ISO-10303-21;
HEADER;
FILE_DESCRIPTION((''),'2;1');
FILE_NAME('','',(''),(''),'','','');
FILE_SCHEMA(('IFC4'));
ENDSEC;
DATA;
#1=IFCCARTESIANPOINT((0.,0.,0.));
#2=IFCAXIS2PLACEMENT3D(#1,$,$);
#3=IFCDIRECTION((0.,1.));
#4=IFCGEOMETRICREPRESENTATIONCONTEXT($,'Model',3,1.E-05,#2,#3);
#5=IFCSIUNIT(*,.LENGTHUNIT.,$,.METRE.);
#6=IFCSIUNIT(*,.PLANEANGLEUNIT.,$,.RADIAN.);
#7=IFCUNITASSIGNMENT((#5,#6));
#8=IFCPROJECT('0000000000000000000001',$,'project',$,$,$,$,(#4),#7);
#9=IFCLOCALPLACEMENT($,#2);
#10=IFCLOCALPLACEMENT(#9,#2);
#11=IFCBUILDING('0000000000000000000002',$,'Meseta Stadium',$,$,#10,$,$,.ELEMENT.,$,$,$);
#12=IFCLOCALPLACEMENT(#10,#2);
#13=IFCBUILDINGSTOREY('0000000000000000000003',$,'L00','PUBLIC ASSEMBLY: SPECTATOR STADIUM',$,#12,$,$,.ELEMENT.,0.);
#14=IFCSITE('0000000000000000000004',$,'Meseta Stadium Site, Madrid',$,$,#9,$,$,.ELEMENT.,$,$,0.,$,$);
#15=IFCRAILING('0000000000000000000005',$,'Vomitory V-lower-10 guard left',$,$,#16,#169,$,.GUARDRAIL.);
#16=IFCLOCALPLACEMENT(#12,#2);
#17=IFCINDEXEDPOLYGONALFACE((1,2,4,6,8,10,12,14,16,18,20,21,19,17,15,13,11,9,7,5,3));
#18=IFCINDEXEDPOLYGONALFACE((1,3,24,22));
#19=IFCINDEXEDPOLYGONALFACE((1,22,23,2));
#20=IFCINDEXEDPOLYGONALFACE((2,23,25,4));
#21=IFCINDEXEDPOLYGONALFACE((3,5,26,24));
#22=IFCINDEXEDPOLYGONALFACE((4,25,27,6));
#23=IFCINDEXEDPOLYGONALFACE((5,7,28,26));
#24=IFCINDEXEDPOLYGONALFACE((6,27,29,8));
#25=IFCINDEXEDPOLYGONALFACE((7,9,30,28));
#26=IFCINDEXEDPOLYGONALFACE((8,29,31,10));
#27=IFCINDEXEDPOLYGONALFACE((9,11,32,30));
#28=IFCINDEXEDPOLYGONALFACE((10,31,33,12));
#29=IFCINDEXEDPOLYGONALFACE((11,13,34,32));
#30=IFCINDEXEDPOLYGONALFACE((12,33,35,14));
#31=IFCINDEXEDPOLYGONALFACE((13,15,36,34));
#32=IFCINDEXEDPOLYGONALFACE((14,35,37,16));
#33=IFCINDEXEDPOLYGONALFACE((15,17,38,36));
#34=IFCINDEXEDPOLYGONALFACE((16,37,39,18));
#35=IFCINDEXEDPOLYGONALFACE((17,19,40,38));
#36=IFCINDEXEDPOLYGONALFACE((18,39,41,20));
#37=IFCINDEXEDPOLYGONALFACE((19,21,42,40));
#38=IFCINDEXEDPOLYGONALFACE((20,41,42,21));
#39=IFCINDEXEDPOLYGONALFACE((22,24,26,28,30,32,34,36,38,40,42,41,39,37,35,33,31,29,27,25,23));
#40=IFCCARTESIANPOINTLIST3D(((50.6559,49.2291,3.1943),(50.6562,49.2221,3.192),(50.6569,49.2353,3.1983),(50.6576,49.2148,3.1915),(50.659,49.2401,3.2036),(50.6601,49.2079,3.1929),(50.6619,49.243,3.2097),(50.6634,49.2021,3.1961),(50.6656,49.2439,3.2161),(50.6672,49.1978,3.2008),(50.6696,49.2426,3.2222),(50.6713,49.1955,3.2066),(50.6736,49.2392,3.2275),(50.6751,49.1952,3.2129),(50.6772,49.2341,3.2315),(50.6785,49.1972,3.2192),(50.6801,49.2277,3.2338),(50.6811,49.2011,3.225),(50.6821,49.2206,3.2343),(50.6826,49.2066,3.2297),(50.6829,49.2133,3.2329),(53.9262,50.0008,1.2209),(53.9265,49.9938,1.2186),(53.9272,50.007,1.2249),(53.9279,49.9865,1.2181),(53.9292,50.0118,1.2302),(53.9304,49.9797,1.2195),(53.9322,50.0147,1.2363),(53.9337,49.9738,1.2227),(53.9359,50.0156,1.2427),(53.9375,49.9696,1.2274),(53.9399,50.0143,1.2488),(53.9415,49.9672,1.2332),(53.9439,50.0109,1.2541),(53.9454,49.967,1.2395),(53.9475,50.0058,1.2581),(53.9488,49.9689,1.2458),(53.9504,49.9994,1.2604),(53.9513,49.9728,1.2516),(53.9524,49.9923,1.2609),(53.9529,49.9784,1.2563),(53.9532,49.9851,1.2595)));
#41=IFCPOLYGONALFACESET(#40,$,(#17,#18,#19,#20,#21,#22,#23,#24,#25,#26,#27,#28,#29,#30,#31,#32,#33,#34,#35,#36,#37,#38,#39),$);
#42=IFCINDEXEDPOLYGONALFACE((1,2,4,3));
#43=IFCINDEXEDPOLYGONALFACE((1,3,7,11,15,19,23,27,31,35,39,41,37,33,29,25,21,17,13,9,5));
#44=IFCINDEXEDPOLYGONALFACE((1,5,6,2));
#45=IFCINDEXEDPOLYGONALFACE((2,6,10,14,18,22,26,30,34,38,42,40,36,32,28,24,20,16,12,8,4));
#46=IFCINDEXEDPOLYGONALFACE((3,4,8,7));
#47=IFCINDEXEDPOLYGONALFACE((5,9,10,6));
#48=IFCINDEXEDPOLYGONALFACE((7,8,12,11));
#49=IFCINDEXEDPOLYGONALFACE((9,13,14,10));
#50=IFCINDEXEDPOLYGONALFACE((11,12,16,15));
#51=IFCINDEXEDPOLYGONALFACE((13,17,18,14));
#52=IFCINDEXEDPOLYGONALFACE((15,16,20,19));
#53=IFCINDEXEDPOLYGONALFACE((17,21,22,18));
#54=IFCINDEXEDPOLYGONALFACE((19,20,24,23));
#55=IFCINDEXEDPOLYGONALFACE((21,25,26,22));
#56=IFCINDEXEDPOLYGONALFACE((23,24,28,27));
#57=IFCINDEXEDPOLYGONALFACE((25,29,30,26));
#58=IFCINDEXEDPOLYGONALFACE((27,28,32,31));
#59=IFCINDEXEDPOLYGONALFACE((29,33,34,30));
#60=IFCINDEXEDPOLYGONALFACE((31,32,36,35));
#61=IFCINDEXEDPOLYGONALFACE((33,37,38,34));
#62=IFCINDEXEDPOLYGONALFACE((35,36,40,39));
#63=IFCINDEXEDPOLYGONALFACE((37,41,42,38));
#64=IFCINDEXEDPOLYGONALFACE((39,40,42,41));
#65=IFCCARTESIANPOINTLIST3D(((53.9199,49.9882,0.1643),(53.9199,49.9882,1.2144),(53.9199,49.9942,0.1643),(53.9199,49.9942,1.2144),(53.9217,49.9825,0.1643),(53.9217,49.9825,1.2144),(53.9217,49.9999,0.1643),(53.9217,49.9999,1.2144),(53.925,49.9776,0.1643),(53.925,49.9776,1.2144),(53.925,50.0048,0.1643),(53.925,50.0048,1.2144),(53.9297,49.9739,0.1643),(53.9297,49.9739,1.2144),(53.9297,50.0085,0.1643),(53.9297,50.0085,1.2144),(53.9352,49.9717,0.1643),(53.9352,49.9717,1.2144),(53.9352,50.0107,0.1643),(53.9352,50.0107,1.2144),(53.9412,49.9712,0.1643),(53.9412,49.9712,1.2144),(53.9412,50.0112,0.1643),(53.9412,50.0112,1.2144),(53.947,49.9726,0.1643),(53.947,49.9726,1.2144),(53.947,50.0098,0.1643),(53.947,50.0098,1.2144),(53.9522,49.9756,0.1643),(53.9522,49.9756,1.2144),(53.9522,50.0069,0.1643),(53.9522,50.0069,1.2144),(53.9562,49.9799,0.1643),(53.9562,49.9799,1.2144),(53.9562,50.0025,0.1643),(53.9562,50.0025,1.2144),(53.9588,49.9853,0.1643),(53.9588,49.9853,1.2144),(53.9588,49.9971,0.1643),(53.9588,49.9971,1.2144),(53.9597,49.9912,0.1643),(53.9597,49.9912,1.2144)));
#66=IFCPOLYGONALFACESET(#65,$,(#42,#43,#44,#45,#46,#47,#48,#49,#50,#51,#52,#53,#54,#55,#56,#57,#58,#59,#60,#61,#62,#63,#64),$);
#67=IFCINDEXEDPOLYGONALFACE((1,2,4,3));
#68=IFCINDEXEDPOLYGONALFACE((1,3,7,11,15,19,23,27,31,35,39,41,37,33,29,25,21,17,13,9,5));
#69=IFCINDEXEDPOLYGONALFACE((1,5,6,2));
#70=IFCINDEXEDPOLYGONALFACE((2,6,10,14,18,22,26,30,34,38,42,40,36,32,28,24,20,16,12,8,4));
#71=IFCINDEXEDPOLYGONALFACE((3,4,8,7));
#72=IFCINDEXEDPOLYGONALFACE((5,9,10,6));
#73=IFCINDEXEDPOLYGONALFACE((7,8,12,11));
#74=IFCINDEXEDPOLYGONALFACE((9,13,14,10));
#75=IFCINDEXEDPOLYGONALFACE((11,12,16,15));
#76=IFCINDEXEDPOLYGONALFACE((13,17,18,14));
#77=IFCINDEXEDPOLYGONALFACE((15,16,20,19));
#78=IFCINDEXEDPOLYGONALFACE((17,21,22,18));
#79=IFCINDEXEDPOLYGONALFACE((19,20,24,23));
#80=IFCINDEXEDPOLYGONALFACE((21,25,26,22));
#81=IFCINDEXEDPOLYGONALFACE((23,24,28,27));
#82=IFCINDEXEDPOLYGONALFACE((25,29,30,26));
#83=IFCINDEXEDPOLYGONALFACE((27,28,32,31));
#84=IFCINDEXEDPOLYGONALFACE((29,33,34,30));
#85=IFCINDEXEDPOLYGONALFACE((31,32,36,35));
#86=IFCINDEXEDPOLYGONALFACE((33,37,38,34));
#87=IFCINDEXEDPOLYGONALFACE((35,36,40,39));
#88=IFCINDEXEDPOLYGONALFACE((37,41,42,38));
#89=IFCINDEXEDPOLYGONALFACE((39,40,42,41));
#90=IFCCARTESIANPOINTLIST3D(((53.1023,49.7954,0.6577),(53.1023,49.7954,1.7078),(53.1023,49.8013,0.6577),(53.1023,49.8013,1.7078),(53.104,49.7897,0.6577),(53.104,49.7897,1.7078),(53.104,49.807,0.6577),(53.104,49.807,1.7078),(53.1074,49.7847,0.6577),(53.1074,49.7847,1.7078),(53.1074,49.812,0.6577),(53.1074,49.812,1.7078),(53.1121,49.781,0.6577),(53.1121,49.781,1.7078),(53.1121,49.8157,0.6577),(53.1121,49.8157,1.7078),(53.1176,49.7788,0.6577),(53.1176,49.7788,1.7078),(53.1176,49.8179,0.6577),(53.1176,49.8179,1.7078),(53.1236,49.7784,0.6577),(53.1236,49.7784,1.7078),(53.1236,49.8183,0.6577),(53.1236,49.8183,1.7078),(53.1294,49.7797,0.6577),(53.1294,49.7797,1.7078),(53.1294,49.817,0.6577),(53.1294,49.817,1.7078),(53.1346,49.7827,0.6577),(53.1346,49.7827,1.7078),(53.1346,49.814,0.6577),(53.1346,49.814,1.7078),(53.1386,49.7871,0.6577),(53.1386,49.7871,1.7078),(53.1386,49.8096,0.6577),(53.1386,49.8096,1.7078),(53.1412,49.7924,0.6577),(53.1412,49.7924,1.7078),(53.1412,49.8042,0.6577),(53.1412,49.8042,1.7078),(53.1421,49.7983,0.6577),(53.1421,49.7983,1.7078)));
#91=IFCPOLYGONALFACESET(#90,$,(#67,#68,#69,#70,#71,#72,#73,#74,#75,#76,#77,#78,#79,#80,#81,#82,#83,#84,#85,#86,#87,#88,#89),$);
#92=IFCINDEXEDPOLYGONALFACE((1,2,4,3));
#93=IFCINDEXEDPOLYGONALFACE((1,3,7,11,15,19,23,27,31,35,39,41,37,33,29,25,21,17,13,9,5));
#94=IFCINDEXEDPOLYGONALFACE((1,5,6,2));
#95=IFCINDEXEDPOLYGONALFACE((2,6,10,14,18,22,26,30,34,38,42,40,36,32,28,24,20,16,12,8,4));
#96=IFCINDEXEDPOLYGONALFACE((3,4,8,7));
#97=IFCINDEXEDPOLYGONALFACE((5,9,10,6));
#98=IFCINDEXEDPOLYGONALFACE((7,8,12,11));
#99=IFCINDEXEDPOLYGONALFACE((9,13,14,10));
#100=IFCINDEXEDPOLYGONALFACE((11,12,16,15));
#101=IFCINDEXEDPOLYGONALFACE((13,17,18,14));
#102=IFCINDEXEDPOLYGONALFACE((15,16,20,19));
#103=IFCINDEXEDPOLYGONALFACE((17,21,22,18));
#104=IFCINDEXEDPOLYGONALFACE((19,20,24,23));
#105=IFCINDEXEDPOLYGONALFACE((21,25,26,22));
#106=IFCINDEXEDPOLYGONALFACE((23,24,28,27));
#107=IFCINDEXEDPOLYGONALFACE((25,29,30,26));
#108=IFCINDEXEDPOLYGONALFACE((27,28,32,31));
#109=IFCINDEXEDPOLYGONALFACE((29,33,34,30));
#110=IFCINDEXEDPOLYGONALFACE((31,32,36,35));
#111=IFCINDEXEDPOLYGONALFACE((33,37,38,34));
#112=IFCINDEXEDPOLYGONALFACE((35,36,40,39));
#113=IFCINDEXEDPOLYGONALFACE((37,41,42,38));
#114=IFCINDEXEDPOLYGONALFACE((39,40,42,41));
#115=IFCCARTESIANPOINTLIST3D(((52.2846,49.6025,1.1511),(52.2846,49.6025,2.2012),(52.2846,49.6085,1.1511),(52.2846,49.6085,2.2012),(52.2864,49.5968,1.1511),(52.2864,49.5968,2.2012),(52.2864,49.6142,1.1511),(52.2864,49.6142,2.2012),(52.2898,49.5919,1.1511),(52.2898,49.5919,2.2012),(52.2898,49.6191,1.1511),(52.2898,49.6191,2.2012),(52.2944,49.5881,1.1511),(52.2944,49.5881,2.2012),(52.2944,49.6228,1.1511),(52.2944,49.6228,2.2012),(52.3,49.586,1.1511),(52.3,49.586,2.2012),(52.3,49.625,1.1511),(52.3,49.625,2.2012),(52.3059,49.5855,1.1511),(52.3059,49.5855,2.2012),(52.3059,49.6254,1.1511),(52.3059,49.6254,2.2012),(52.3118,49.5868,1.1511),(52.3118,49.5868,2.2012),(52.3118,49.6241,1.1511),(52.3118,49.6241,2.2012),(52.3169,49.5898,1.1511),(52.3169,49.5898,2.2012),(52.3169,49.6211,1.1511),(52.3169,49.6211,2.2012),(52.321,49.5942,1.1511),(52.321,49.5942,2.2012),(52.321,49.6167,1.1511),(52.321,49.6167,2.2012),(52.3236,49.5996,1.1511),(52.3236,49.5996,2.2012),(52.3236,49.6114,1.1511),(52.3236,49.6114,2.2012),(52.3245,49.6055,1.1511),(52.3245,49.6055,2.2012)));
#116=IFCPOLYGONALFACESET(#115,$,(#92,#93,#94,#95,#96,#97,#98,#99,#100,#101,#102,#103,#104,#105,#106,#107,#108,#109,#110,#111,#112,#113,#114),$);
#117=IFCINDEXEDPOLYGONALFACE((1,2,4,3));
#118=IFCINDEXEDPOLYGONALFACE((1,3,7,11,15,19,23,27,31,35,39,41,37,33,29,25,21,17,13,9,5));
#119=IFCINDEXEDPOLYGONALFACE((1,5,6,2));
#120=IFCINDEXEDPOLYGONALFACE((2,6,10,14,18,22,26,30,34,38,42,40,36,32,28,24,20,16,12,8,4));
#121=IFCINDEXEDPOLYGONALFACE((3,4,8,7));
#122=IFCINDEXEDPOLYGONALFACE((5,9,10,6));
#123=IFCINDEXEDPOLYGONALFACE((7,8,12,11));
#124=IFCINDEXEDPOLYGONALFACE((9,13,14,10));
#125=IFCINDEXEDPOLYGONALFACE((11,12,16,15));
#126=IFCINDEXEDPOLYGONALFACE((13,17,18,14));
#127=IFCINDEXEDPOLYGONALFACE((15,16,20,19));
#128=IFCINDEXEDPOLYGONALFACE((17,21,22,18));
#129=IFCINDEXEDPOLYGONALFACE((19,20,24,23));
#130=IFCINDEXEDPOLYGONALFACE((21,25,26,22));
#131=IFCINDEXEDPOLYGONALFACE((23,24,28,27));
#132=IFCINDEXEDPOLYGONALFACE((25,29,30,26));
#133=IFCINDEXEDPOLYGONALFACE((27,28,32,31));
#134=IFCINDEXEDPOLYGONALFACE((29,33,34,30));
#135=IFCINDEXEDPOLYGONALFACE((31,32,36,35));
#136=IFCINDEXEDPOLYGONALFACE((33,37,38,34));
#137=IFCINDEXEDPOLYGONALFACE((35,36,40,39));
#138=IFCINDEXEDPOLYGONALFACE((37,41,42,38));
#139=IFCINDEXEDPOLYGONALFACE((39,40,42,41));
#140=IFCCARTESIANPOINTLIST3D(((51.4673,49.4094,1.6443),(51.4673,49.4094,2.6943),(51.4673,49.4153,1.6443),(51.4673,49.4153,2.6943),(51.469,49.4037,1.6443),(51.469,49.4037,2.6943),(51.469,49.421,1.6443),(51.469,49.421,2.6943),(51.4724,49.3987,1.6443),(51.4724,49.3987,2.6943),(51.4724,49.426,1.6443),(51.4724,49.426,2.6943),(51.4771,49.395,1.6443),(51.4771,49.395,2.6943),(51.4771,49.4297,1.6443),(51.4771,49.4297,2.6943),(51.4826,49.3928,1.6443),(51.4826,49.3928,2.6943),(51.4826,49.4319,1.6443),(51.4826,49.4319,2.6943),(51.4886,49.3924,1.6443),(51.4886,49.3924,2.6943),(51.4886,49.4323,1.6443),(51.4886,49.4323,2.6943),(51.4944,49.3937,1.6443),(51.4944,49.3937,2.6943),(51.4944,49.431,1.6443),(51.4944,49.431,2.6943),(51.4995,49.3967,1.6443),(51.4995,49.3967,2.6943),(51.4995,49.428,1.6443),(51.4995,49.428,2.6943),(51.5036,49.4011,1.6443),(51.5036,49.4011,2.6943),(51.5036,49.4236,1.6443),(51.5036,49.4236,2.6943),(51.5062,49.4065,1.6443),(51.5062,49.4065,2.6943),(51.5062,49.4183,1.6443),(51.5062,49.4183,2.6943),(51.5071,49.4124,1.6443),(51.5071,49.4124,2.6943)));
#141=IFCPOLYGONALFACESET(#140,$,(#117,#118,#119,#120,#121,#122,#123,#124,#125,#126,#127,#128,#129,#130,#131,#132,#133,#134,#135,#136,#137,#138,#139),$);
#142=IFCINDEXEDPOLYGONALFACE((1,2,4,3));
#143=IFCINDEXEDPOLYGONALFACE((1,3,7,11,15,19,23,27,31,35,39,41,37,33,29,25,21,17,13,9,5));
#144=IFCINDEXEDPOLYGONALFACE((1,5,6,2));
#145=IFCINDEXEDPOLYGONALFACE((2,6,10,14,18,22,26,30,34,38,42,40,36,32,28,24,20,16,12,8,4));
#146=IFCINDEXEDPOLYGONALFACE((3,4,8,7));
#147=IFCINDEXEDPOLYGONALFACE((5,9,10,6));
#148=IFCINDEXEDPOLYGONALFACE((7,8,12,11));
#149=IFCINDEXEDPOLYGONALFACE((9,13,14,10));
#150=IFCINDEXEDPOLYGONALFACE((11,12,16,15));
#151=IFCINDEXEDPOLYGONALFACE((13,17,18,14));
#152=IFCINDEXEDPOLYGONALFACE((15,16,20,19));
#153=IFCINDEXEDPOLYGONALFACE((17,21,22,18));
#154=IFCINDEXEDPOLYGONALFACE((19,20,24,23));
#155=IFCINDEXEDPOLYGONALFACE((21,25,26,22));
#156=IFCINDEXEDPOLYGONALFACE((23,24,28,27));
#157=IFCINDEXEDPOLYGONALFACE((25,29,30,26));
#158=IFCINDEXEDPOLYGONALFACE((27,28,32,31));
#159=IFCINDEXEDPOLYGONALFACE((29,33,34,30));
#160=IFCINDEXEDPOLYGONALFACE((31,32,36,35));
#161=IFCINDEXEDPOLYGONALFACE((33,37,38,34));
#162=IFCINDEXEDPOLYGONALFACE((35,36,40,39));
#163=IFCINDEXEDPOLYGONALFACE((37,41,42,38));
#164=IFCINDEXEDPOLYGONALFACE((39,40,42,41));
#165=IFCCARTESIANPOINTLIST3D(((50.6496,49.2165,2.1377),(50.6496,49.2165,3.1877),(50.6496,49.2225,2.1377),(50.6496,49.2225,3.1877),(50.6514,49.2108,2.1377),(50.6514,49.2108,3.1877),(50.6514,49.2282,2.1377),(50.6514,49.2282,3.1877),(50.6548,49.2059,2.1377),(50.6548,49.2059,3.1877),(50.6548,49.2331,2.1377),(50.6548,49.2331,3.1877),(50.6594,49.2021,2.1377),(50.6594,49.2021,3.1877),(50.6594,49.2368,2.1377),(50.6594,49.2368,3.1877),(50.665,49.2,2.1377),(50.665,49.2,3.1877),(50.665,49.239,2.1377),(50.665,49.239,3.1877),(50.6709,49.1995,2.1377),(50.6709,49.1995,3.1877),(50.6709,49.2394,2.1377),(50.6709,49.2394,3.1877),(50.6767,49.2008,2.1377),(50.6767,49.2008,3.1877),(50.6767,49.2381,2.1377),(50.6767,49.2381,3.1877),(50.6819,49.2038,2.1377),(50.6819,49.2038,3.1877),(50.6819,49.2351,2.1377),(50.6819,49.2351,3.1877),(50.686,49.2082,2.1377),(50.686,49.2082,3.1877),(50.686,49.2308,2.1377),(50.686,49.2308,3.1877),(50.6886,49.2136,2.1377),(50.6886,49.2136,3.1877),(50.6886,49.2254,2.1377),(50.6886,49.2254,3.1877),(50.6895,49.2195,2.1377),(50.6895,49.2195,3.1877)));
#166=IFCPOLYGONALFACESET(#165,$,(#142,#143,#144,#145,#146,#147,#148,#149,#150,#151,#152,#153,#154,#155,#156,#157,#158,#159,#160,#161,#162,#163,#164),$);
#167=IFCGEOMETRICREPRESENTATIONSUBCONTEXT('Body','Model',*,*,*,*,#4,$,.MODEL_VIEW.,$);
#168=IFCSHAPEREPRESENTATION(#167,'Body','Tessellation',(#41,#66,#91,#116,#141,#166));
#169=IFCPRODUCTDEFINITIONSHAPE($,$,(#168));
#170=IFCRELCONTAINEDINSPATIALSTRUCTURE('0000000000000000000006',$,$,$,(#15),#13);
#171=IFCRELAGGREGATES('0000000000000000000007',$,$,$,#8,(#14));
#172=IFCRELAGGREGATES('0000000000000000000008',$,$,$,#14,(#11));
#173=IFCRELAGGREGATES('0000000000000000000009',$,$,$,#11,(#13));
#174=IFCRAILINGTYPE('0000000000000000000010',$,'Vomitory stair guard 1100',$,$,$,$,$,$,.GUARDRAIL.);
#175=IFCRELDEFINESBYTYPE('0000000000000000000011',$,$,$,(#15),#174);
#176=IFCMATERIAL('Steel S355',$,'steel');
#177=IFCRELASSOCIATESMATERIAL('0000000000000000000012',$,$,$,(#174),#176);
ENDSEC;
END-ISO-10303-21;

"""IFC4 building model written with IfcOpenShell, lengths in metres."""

from ifc_helpers import new_model, si_unit, direction, frame, origin, origin_2d, place, context, subcontext, project, spatial, circle, extrude, material, type_object, element, save


model = new_model("IFC4")

# Units and contexts
model_context = context("Model", 3, precision=1e-05, world=origin(), true_north=direction((0.0, 1.0)))
body_context = subcontext(model_context, "Body", "Model", "MODEL_VIEW")
ifc_project = project(units=[si_unit("LENGTHUNIT", "METRE"), si_unit("PLANEANGLEUNIT", "RADIAN")], contexts=[model_context])

# Site, building, storey
site_placement = place(None, origin())
site = spatial("IfcSite", under=ifc_project, at=site_placement, Name="Meseta Stadium Site, Madrid", CompositionType="ELEMENT", RefElevation=0.0)
building_placement = place(site_placement, origin())
building = spatial("IfcBuilding", under=site, at=building_placement, Name="Meseta Stadium", CompositionType="ELEMENT")
storey_placement = place(building_placement, origin())
storey = spatial("IfcBuildingStorey", under=building, at=storey_placement, Name="L00", Description="PUBLIC ASSEMBLY: SPECTATOR STADIUM", CompositionType="ELEMENT", Elevation=0.0)

# Railing
ifc_material_1 = material(Name="Steel S355", Category="steel")
railing_type_1 = type_object("IfcRailingType", Name="Vomitory stair guard 1100", PredefinedType="GUARDRAIL", material=ifc_material_1)
railing_1_placement = place(storey_placement, frame((53.9397, 49.9912, 0.1643)))
element("IfcRailing", 1, at=railing_1_placement, inside=storey, type_object=railing_type_1, Name="Vomitory V-lower-10 guard left", PredefinedType="GUARDRAIL", context=body_context, shape_type="SweptSolid", body=[
    extrude(circle(Radius=0.0249, at=origin_2d()), frame((0.0, 0.0, 1.0752), z_axis=(-0.839234, -0.198046, 0.506423), x_axis=(0.229675, -0.973267, 0.0)), (0.0, 0.0, 1.0), 3.8967),
    extrude(circle(Radius=0.02, at=origin_2d()), origin(), (0.0, 0.0, 1.0), 1.05),
    extrude(circle(Radius=0.02, at=origin_2d()), frame((-0.8176, -0.1929, 0.4934)), (0.0, 0.0, 1.0), 1.05),
    extrude(circle(Radius=0.02, at=origin_2d()), frame((-1.6353, -0.3857, 0.9868)), (0.0, 0.0, 1.0), 1.05),
    extrude(circle(Radius=0.02, at=origin_2d()), frame((-2.4526, -0.5789, 1.48)), (0.0, 0.0, 1.0), 1.05),
    extrude(circle(Radius=0.02, at=origin_2d()), frame((-3.2703, -0.7717, 1.9734)), (0.0, 0.0, 1.0), 1.05),
])

save(model, "model.ifc")
